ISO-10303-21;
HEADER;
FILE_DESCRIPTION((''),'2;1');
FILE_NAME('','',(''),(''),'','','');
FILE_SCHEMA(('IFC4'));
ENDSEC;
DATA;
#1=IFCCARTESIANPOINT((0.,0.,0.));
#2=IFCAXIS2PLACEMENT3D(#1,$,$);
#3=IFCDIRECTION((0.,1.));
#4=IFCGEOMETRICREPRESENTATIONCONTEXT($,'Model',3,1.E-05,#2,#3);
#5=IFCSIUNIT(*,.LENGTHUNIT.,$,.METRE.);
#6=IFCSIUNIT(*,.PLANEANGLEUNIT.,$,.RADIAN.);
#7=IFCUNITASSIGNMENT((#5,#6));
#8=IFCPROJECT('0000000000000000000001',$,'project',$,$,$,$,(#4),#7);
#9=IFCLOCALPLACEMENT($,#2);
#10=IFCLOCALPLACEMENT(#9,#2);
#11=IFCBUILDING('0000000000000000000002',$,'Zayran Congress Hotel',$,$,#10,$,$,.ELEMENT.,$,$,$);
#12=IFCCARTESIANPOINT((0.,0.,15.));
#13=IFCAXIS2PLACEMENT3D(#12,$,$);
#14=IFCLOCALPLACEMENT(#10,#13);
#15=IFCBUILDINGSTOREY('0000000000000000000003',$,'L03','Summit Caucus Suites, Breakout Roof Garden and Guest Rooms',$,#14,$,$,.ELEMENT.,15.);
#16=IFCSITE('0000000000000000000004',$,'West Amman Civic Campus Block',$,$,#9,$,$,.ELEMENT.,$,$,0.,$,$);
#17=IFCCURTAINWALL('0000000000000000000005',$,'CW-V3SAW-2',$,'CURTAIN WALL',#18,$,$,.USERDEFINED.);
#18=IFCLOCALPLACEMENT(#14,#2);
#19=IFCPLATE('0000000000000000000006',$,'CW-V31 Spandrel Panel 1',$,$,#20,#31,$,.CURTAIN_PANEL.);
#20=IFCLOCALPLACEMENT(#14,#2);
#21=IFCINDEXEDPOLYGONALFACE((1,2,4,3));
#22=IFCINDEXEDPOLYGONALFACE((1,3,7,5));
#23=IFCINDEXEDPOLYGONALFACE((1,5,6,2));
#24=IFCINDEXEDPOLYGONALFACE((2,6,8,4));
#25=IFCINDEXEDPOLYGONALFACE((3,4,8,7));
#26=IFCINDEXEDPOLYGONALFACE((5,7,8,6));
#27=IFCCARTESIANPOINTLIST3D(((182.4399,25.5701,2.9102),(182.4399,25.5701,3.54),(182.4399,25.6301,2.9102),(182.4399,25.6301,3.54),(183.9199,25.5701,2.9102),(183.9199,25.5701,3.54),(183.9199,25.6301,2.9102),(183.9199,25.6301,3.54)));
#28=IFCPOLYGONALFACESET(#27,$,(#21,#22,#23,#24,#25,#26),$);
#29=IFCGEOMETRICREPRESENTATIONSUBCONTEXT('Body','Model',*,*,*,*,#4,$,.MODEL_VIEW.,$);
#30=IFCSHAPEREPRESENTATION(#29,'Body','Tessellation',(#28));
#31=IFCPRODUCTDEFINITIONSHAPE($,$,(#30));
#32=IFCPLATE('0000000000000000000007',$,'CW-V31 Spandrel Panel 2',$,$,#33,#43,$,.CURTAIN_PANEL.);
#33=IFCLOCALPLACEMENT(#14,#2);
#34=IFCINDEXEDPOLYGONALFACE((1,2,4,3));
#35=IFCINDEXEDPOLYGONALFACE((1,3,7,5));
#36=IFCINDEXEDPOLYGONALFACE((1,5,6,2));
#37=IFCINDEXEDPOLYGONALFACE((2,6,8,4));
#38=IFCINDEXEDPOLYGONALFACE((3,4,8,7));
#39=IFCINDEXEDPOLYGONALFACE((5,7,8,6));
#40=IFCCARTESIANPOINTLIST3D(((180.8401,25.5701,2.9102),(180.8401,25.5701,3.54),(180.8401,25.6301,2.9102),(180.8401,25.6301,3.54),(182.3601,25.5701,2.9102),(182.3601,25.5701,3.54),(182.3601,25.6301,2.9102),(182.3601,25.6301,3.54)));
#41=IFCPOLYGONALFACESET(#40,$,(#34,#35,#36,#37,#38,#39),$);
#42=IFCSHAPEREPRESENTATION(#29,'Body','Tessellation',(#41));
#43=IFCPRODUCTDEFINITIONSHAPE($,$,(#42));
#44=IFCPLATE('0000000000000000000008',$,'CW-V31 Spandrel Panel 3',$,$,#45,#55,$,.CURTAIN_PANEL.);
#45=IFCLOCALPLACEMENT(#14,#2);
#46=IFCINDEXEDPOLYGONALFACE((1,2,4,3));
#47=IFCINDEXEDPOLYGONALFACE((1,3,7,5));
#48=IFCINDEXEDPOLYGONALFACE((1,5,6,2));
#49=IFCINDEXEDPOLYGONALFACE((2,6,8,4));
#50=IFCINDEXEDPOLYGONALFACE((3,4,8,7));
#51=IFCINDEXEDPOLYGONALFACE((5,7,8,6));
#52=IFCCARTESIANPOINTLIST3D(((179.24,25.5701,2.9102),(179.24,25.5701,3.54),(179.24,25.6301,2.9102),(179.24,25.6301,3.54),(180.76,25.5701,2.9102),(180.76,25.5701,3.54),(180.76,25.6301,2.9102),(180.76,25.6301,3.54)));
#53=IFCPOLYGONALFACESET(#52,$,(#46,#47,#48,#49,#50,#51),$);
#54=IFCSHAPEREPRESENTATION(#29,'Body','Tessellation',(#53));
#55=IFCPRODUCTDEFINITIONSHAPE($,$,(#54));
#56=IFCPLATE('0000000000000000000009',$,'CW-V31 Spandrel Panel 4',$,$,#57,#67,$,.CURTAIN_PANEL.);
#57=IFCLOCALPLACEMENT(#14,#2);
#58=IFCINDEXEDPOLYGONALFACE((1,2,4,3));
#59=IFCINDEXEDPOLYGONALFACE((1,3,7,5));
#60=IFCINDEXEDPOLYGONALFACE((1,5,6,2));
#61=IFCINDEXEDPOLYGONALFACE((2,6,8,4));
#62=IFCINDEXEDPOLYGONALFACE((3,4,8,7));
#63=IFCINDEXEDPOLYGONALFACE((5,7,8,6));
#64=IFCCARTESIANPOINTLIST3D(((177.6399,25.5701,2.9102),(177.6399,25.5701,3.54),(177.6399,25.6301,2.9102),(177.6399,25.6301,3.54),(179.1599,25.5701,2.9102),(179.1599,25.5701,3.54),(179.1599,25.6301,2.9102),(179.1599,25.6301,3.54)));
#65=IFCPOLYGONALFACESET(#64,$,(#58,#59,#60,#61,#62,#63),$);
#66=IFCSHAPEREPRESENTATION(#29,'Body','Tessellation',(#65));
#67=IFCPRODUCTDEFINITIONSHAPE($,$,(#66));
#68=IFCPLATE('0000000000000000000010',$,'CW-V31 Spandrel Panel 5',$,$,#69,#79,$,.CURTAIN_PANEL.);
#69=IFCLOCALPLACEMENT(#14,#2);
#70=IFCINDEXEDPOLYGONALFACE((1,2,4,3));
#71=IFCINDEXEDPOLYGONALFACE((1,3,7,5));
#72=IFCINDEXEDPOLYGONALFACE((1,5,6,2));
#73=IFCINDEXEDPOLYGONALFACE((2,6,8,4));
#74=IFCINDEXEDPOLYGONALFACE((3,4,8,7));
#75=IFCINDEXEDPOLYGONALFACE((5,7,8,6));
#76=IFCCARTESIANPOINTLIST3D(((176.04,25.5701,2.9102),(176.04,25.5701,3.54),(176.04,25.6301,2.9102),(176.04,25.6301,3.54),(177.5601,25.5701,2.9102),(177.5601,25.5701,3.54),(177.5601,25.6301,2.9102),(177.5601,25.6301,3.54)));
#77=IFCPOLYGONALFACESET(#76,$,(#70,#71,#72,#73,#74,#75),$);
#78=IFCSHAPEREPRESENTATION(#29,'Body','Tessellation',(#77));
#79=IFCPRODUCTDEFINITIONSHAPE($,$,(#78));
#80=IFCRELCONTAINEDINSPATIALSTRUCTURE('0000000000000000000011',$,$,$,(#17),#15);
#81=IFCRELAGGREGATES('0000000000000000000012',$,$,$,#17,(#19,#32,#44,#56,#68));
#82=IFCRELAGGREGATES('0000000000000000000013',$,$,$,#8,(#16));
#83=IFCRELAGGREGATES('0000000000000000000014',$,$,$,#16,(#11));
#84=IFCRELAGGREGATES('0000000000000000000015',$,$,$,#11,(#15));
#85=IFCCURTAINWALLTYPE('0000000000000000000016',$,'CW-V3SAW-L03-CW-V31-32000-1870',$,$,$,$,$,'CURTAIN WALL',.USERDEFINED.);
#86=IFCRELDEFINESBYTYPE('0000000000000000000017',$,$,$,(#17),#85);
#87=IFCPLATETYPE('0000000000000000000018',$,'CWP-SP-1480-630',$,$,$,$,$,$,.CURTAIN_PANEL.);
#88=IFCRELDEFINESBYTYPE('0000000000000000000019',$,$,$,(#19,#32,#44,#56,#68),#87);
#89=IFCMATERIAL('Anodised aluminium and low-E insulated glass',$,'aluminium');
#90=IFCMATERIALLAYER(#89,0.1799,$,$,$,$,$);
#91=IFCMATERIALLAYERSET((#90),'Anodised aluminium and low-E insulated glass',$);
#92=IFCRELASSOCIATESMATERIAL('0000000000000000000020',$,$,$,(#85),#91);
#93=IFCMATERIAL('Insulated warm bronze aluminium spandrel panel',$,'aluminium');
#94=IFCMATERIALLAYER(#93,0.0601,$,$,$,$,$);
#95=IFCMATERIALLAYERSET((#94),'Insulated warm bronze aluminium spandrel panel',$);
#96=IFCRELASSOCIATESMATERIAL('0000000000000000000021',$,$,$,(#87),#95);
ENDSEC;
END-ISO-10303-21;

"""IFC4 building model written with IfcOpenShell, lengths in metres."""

from ifc_helpers import new_model, si_unit, direction, frame, origin, origin_2d, place, context, subcontext, project, spatial, rectangle, extrude, material, layer, layer_set, type_object, element, aggregate, save


model = new_model("IFC4")

# Units and contexts
model_context = context("Model", 3, precision=1e-05, world=origin(), true_north=direction((0.0, 1.0)))
body_context = subcontext(model_context, "Body", "Model", "MODEL_VIEW")
ifc_project = project(units=[si_unit("LENGTHUNIT", "METRE"), si_unit("PLANEANGLEUNIT", "RADIAN")], contexts=[model_context])

# Site, building, storey
site_placement = place(None, origin())
site = spatial("IfcSite", under=ifc_project, at=site_placement, Name="West Amman Civic Campus Block", CompositionType="ELEMENT", RefElevation=0.0)
building_placement = place(site_placement, origin())
building = spatial("IfcBuilding", under=site, at=building_placement, Name="Zayran Congress Hotel", CompositionType="ELEMENT")
storey_placement = place(building_placement, frame((0.0, 0.0, 15.0)))
storey = spatial("IfcBuildingStorey", under=building, at=storey_placement, Name="L03", Description="Summit Caucus Suites, Breakout Roof Garden and Guest Rooms", CompositionType="ELEMENT", Elevation=15.0)

# Curtain wall, plates
ifc_material_1 = material(Name="Anodised aluminium and low-E insulated glass", Category="aluminium")
ifc_layer_1 = layer(ifc_material_1, 0.1799)
ifc_layer_set_1 = layer_set([ifc_layer_1], Name="Anodised aluminium and low-E insulated glass")
curtain_wall_type = type_object("IfcCurtainWallType", Name="CW-V3SAW-L03-CW-V31-32000-1870", ElementType="CURTAIN WALL", PredefinedType="USERDEFINED", material=ifc_layer_set_1)
curtain_wall_placement = place(storey_placement, origin())
curtain_wall = element("IfcCurtainWall", 1, at=curtain_wall_placement, inside=storey, type_object=curtain_wall_type, Name="CW-V3SAW-2", ObjectType="CURTAIN WALL", PredefinedType="USERDEFINED")
ifc_material_2 = material(Name="Insulated warm bronze aluminium spandrel panel", Category="aluminium")
ifc_layer_2 = layer(ifc_material_2, 0.0601)
ifc_layer_set_2 = layer_set([ifc_layer_2], Name="Insulated warm bronze aluminium spandrel panel")
plate_type_1 = type_object("IfcPlateType", Name="CWP-SP-1480-630", PredefinedType="CURTAIN_PANEL", material=ifc_layer_set_2)
plate_1_placement = place(storey_placement, frame((183.1799, 25.6001, 2.9102), z_axis=(0.0, 0.0, 1.0), x_axis=(1.0, 0.0, 0.0)))
plate_1 = element("IfcPlate", 2, at=plate_1_placement, type_object=plate_type_1, Name="CW-V31 Spandrel Panel 1", PredefinedType="CURTAIN_PANEL", context=body_context, shape_type="SweptSolid", body=[
    extrude(rectangle(XDim=1.48, YDim=0.0601, at=origin_2d()), origin(), (0.0, 0.0, 1.0), 0.6299),
])
plate_2_placement = place(storey_placement, frame((181.6001, 25.6001, 2.9102), z_axis=(0.0, 0.0, 1.0), x_axis=(1.0, 0.0, 0.0)))
plate_2 = element("IfcPlate", 3, at=plate_2_placement, type_object=plate_type_1, Name="CW-V31 Spandrel Panel 2", PredefinedType="CURTAIN_PANEL", context=body_context, shape_type="SweptSolid", body=[
    extrude(rectangle(XDim=1.52, YDim=0.0601, at=origin_2d()), origin(), (0.0, 0.0, 1.0), 0.6299),
])
plate_3_placement = place(storey_placement, frame((180.0, 25.6001, 2.9102), z_axis=(0.0, 0.0, 1.0), x_axis=(1.0, 0.0, 0.0)))
plate_3 = element("IfcPlate", 4, at=plate_3_placement, type_object=plate_type_1, Name="CW-V31 Spandrel Panel 3", PredefinedType="CURTAIN_PANEL", context=body_context, shape_type="SweptSolid", body=[
    extrude(rectangle(XDim=1.52, YDim=0.0601, at=origin_2d()), origin(), (0.0, 0.0, 1.0), 0.6299),
])
plate_4_placement = place(storey_placement, frame((178.3999, 25.6001, 2.9102), z_axis=(0.0, 0.0, 1.0), x_axis=(1.0, 0.0, 0.0)))
plate_4 = element("IfcPlate", 5, at=plate_4_placement, type_object=plate_type_1, Name="CW-V31 Spandrel Panel 4", PredefinedType="CURTAIN_PANEL", context=body_context, shape_type="SweptSolid", body=[
    extrude(rectangle(XDim=1.52, YDim=0.0601, at=origin_2d()), origin(), (0.0, 0.0, 1.0), 0.6299),
])
plate_5_placement = place(storey_placement, frame((176.8, 25.6001, 2.9102), z_axis=(0.0, 0.0, 1.0), x_axis=(1.0, 0.0, 0.0)))
plate_5 = element("IfcPlate", 6, at=plate_5_placement, type_object=plate_type_1, Name="CW-V31 Spandrel Panel 5", PredefinedType="CURTAIN_PANEL", context=body_context, shape_type="SweptSolid", body=[
    extrude(rectangle(XDim=1.52, YDim=0.0601, at=origin_2d()), origin(), (0.0, 0.0, 1.0), 0.6299),
])
aggregate(curtain_wall, [plate_1, plate_2, plate_3, plate_4, plate_5])

save(model, "model.ifc")
